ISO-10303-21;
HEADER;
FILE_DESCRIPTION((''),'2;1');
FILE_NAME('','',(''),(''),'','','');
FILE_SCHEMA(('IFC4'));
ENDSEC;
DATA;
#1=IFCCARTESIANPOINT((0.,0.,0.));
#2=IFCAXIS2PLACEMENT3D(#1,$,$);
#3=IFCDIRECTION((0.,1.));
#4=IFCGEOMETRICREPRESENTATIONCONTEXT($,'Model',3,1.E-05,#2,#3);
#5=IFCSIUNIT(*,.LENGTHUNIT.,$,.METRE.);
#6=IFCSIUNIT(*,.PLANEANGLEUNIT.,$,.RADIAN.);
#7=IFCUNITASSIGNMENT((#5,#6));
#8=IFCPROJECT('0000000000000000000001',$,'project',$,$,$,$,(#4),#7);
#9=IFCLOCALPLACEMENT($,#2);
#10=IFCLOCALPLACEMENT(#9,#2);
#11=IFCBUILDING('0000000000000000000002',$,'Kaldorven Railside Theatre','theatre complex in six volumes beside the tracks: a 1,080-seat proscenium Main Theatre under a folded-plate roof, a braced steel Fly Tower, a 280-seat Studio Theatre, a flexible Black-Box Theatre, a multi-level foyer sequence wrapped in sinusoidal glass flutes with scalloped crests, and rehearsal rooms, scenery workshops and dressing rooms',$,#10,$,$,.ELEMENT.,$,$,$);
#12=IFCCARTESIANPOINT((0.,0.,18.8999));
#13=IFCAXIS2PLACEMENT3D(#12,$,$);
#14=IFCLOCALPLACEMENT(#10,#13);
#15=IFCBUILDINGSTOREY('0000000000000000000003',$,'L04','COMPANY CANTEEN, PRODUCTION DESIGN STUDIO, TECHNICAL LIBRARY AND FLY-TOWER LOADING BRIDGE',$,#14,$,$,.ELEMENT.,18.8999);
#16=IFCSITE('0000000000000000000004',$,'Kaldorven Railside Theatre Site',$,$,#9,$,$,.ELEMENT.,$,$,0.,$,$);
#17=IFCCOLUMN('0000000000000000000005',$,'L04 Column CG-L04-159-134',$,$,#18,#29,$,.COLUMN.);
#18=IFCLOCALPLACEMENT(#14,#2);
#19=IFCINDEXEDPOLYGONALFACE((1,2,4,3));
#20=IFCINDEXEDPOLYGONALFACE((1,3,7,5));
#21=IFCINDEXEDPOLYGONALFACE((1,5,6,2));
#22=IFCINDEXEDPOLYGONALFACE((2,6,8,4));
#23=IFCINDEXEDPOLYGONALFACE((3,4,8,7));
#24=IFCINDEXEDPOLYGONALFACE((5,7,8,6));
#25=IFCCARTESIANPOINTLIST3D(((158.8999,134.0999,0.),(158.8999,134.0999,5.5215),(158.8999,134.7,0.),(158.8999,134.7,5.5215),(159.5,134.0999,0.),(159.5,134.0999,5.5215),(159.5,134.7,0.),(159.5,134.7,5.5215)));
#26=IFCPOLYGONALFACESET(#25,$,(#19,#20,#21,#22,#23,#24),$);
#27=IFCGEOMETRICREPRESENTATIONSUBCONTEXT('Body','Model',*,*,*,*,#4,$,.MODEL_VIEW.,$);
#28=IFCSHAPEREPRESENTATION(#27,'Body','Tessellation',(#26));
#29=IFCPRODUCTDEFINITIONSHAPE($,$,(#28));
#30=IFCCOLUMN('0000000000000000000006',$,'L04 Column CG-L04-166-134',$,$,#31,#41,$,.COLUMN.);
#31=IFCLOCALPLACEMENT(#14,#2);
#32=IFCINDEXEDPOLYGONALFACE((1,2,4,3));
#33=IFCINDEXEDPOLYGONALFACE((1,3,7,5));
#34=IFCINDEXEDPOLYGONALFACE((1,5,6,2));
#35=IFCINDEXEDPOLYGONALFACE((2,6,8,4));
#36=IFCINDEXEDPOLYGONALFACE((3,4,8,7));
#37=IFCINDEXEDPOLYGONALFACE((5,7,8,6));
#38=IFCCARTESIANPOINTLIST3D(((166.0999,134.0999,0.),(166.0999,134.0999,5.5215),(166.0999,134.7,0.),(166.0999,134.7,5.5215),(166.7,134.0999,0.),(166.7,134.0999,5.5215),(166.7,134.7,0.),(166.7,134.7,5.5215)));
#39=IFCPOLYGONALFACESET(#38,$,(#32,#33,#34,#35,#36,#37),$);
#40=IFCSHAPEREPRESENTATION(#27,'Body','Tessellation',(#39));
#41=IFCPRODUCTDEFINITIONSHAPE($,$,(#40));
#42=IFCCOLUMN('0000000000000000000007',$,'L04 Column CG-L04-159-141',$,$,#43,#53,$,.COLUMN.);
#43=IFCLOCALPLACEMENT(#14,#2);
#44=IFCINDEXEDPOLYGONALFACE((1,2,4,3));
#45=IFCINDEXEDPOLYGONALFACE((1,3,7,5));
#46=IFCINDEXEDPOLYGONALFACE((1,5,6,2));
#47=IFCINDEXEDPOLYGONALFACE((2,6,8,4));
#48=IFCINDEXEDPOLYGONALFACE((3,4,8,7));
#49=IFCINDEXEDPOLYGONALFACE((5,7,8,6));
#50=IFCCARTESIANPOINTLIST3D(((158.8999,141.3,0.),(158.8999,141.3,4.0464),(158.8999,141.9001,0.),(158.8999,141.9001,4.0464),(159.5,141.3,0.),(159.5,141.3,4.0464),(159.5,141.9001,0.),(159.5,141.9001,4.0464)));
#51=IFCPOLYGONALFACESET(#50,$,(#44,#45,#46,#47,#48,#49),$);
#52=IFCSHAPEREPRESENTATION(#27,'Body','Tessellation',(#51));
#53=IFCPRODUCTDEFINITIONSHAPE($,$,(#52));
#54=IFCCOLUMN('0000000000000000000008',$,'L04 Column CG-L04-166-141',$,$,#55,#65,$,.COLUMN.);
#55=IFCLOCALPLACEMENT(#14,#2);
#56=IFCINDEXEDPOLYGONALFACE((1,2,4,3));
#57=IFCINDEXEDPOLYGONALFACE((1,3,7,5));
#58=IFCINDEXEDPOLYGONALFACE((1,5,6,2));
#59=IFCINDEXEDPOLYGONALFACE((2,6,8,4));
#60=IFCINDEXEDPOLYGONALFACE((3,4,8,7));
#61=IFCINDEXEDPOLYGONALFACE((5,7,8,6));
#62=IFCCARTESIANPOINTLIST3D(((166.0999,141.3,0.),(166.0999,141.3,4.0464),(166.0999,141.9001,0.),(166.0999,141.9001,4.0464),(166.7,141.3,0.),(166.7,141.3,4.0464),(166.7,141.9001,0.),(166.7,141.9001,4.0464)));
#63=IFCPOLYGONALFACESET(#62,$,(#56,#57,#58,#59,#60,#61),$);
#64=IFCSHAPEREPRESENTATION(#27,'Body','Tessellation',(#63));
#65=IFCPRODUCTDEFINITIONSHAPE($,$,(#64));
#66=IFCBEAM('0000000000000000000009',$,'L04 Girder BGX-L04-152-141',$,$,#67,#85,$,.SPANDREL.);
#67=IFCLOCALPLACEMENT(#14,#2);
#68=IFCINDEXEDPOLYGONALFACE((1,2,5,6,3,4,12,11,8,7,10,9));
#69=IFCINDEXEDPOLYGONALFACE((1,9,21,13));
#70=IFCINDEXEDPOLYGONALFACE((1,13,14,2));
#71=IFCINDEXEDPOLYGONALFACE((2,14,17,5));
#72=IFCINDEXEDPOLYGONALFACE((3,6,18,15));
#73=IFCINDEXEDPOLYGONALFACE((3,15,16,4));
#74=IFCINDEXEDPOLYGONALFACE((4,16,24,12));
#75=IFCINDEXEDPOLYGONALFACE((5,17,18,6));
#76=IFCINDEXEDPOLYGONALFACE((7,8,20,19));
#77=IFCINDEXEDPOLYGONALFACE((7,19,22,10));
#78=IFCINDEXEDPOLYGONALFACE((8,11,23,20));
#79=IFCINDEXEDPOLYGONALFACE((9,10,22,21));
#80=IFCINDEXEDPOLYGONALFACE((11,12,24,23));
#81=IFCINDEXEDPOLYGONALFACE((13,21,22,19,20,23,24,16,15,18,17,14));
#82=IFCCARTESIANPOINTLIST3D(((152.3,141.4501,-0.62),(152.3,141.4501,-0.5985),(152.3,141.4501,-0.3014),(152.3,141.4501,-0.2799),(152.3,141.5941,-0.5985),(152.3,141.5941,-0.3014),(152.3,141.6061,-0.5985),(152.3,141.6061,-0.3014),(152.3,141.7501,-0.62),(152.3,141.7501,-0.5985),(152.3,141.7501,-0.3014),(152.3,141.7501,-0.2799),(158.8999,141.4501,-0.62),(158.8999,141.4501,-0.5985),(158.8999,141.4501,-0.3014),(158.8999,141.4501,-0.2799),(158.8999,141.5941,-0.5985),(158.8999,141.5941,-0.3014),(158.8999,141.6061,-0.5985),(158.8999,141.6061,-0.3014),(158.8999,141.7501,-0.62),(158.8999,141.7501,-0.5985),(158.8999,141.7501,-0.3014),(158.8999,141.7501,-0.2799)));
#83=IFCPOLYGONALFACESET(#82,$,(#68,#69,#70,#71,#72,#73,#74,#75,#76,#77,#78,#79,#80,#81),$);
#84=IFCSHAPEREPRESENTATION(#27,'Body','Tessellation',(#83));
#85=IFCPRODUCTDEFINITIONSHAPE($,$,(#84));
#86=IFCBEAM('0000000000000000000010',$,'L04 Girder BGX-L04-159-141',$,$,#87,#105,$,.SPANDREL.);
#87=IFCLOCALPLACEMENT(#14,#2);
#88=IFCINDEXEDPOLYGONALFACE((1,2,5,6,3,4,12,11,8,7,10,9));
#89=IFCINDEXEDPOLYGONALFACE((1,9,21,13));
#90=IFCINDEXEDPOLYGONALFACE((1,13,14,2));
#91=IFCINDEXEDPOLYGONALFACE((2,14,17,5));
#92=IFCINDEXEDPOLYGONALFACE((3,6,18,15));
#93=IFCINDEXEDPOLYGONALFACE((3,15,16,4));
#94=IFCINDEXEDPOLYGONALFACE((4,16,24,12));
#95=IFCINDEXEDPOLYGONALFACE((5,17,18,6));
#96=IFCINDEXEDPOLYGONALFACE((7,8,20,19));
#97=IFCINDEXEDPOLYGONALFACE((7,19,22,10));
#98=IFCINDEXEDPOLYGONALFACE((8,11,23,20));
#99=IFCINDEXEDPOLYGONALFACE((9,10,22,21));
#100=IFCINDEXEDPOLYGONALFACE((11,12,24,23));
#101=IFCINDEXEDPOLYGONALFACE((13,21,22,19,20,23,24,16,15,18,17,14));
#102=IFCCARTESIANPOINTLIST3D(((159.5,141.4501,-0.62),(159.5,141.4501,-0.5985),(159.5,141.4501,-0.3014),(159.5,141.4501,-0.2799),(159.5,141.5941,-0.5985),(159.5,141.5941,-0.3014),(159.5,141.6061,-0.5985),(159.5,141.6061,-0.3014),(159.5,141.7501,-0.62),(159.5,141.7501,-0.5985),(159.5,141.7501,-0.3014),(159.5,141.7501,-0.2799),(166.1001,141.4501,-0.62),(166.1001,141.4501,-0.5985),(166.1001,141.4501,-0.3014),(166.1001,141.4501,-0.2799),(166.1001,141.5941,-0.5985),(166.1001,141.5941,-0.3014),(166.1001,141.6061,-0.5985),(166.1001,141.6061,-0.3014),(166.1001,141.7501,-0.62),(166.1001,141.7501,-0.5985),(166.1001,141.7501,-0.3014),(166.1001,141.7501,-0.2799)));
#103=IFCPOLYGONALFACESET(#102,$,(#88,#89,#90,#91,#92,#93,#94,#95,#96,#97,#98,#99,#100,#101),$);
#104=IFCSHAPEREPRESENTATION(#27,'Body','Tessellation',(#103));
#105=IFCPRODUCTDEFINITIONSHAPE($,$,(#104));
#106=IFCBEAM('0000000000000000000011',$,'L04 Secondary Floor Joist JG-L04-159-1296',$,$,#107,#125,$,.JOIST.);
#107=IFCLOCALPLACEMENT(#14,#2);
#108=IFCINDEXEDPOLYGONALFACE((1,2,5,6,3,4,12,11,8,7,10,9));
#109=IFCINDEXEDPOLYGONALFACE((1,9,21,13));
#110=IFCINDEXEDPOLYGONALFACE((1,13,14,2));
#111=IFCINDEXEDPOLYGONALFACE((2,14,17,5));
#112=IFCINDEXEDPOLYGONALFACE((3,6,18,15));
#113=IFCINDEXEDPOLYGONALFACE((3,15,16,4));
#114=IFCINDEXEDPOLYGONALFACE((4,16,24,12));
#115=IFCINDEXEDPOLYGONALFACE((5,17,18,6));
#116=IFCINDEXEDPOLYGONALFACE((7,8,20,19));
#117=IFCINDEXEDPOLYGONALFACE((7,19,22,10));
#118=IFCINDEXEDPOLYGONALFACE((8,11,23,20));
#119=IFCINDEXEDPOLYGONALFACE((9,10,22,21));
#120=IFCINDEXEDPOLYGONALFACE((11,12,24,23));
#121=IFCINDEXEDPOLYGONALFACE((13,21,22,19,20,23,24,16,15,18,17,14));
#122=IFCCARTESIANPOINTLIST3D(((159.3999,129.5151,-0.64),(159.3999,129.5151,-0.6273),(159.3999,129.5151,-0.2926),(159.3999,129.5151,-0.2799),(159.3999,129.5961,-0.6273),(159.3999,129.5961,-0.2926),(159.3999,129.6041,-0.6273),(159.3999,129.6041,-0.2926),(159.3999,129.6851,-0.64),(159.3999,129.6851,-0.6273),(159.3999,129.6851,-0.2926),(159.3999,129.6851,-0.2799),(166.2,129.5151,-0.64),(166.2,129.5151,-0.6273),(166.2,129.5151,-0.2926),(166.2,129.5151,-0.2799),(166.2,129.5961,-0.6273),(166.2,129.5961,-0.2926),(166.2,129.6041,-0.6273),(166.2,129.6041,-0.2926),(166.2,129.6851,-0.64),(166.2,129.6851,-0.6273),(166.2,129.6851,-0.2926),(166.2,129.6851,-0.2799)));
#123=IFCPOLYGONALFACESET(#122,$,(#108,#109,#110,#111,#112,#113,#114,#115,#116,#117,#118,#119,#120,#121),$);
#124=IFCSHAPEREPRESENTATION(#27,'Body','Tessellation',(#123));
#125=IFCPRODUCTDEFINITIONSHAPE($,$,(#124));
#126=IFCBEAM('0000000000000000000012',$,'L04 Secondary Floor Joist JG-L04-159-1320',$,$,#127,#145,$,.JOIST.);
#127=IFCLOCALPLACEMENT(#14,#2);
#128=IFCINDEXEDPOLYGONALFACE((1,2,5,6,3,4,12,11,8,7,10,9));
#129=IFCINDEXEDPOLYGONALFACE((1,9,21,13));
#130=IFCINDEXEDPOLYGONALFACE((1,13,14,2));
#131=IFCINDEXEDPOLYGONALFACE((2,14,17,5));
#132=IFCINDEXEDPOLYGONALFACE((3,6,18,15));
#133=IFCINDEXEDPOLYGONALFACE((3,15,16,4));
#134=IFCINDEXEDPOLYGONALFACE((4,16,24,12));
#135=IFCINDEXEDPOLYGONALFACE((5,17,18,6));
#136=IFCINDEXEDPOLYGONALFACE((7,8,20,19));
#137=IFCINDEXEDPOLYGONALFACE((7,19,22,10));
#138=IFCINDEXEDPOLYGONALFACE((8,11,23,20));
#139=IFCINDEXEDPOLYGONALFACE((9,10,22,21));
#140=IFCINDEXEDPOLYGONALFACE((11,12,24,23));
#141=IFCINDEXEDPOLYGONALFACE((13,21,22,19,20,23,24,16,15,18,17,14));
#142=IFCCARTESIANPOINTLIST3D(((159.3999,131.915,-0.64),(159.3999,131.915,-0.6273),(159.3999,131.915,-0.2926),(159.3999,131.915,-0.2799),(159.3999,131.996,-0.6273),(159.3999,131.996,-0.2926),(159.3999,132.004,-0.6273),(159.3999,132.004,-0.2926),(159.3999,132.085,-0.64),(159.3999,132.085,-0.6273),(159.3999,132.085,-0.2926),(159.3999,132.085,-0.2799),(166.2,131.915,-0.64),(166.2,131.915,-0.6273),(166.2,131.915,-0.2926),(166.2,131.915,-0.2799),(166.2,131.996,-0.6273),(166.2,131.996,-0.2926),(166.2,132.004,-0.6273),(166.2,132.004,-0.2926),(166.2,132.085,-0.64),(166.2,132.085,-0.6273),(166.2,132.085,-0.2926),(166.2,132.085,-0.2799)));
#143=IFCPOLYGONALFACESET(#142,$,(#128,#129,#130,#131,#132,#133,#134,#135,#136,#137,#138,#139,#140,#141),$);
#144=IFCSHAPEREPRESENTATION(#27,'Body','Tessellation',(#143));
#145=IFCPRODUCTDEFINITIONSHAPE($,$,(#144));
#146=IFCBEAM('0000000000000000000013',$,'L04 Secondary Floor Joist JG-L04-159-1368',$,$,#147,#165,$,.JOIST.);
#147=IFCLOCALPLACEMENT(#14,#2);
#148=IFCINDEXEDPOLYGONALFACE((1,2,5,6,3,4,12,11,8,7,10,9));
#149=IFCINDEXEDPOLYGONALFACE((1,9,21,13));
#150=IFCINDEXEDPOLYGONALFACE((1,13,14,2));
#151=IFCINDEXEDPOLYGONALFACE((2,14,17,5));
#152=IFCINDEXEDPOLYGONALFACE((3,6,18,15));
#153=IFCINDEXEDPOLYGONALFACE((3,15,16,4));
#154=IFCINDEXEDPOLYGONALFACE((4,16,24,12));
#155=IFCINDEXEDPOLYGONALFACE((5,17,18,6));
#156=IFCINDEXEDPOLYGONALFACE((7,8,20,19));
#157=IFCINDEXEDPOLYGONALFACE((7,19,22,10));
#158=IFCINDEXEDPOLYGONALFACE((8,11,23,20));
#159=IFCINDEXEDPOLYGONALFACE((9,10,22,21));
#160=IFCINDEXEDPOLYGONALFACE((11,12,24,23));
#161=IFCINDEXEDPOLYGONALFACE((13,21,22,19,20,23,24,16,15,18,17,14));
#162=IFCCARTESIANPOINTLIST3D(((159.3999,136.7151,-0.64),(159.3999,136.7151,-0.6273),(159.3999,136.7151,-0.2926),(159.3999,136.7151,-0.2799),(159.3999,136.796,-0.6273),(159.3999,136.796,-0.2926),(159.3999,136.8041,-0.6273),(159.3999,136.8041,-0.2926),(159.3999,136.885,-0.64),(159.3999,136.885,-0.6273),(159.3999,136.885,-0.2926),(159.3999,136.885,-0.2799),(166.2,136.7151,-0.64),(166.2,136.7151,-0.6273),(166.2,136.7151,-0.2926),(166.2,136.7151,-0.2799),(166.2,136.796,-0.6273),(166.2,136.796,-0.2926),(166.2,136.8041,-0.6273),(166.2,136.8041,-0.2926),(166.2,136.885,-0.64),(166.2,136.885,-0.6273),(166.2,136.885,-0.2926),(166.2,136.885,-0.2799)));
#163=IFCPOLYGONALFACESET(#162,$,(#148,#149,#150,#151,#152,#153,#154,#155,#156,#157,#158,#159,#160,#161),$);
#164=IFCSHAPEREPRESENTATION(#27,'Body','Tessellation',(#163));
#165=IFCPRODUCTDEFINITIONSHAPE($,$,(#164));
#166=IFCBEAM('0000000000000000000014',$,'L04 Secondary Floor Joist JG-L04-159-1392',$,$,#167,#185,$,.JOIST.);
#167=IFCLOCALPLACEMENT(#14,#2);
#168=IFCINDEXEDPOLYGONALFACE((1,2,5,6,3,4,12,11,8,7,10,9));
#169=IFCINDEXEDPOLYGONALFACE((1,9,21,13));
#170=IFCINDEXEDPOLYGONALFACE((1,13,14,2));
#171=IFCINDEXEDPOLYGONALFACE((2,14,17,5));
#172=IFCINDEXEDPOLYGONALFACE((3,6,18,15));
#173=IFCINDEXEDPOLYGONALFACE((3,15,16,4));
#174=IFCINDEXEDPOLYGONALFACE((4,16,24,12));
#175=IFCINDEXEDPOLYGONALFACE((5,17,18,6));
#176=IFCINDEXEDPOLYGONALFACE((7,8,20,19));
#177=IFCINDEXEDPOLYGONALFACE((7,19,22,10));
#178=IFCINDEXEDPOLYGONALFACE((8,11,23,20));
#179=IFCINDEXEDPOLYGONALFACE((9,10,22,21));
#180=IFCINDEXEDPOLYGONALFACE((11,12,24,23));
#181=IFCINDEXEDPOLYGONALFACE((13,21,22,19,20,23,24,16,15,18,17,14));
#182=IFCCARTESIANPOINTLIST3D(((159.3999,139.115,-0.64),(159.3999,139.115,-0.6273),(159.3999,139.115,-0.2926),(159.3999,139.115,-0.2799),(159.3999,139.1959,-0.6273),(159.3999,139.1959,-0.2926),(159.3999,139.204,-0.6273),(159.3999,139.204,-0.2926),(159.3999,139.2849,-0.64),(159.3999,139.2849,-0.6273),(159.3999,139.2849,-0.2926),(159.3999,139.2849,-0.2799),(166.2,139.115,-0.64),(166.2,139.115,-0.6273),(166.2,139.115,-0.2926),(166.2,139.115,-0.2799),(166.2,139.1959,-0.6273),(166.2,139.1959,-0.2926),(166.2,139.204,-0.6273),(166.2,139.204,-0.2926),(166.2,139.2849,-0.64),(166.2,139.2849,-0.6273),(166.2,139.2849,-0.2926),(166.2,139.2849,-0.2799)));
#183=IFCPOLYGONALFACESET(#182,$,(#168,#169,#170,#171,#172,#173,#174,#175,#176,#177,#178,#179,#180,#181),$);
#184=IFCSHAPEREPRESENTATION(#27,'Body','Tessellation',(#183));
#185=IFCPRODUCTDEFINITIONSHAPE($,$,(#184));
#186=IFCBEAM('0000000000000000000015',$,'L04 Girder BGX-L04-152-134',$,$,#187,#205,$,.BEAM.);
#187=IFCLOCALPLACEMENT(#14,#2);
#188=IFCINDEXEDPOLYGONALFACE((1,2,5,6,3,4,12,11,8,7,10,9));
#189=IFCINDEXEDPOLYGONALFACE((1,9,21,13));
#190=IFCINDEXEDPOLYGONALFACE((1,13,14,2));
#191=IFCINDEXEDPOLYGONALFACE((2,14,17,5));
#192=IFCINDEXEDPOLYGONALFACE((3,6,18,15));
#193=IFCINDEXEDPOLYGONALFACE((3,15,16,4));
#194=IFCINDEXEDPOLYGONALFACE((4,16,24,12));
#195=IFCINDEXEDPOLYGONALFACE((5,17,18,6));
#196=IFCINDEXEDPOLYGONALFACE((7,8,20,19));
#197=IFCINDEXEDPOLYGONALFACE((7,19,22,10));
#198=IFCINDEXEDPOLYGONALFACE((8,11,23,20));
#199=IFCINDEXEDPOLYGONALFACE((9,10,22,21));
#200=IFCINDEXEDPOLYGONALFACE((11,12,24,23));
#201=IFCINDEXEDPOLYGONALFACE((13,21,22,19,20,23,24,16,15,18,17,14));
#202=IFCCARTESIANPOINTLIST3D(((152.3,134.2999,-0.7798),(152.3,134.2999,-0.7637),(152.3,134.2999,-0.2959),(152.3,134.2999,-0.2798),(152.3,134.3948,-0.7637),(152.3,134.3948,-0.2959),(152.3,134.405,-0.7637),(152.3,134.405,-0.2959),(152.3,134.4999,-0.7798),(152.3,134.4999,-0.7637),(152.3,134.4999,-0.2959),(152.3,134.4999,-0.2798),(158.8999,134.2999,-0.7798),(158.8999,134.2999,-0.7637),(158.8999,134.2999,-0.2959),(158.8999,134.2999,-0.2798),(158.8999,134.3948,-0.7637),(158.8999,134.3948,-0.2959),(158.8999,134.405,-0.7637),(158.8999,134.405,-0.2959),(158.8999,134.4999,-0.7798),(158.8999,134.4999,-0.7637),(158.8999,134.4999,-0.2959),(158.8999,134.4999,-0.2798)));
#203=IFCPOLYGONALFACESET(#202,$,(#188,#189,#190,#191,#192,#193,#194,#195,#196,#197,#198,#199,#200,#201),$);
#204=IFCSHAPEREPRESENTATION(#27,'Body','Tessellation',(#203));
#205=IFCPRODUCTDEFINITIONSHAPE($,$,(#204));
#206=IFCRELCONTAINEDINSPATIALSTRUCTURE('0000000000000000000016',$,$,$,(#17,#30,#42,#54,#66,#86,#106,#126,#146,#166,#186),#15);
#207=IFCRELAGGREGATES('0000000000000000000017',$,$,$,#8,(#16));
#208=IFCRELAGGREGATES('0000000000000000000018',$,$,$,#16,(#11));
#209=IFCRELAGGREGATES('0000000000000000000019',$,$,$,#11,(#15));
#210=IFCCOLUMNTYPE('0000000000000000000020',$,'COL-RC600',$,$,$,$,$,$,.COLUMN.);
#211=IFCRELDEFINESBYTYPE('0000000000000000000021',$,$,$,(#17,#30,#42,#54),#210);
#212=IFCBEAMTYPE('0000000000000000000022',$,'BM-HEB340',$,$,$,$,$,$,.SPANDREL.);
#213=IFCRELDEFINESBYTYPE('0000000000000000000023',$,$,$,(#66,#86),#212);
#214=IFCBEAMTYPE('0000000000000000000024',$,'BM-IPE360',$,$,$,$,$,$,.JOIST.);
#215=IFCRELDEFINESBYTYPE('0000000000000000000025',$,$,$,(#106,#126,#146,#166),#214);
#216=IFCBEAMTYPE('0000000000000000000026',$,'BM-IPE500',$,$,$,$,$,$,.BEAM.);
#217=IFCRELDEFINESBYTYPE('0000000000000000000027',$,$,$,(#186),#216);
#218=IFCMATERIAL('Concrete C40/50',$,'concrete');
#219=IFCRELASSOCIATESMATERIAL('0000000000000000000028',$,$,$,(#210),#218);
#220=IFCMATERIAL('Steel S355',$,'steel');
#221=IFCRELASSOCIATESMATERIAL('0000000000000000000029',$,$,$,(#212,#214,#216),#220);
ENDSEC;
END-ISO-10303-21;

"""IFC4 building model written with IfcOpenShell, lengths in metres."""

from ifc_helpers import new_model, si_unit, direction, frame, origin, origin_2d, place, context, subcontext, project, spatial, rectangle, i_section, extrude, material, material_profile, profile_set, type_object, element, save


model = new_model("IFC4")

# Units and contexts
model_context = context("Model", 3, precision=1e-05, world=origin(), true_north=direction((0.0, 1.0)))
body_context = subcontext(model_context, "Body", "Model", "MODEL_VIEW")
ifc_project = project(units=[si_unit("LENGTHUNIT", "METRE"), si_unit("PLANEANGLEUNIT", "RADIAN")], contexts=[model_context])

# Site, building, storey
site_placement = place(None, origin())
site = spatial("IfcSite", under=ifc_project, at=site_placement, Name="Kaldorven Railside Theatre Site", CompositionType="ELEMENT", RefElevation=0.0)
building_placement = place(site_placement, origin())
building = spatial("IfcBuilding", under=site, at=building_placement, Name="Kaldorven Railside Theatre", Description="theatre complex in six volumes beside the tracks: a 1,080-seat proscenium Main Theatre under a folded-plate roof, a braced steel Fly Tower, a 280-seat Studio Theatre, a flexible Black-Box Theatre, a multi-level foyer sequence wrapped in sinusoidal glass flutes with scalloped crests, and rehearsal rooms, scenery workshops and dressing rooms", CompositionType="ELEMENT")
storey_placement = place(building_placement, frame((0.0, 0.0, 18.8999)))
storey = spatial("IfcBuildingStorey", under=building, at=storey_placement, Name="L04", Description="COMPANY CANTEEN, PRODUCTION DESIGN STUDIO, TECHNICAL LIBRARY AND FLY-TOWER LOADING BRIDGE", CompositionType="ELEMENT", Elevation=18.8999)

# Columns
ifc_material_1 = material(Name="Concrete C40/50", Category="concrete")
ifc_material_profile_1 = material_profile(ifc_material_1, rectangle(XDim=0.6001, YDim=0.6001, at=origin_2d()), Name="RC 600x600")
ifc_profile_set_1 = profile_set([ifc_material_profile_1], Name="Concrete C40/50")
column_type = type_object("IfcColumnType", Name="COL-RC600", PredefinedType="COLUMN", material=ifc_profile_set_1)
for number, where, z_axis, x_axis, name in (
    (1, (159.2, 134.3999, 0.0), (0.0, 0.0, 1.0), (0.0, 1.0, 0.0), "L04 Column CG-L04-159-134"),
    (2, (166.3999, 134.3999, 0.0), (0.0, 0.0, 1.0), (1.0, 0.0, 0.0), "L04 Column CG-L04-166-134"),
):
    element("IfcColumn", number, at=place(storey_placement, frame(where, z_axis=z_axis, x_axis=x_axis)), inside=storey, type_object=column_type, Name=name, PredefinedType="COLUMN", context=body_context, shape_type="SweptSolid", body=[
        extrude(rectangle(XDim=0.6001, YDim=0.6001, at=origin_2d()), origin(), (0.0, 0.0, 1.0), 5.5215),
    ])
for number, where, z_axis, x_axis, name in (
    (3, (159.2, 141.6001, 0.0), (0.0, 0.0, 1.0), (1.0, 0.0, 0.0), "L04 Column CG-L04-159-141"),
    (4, (166.3999, 141.6001, 0.0), (0.0, 0.0, 1.0), (1.0, 0.0, 0.0), "L04 Column CG-L04-166-141"),
):
    element("IfcColumn", number, at=place(storey_placement, frame(where, z_axis=z_axis, x_axis=x_axis)), inside=storey, type_object=column_type, Name=name, PredefinedType="COLUMN", context=body_context, shape_type="SweptSolid", body=[
        extrude(rectangle(XDim=0.6001, YDim=0.6001, at=origin_2d()), origin(), (0.0, 0.0, 1.0), 4.0464),
    ])

# Beams
ifc_material_2 = material(Name="Steel S355", Category="steel")
ifc_material_profile_2 = material_profile(ifc_material_2, i_section(OverallWidth=0.3, OverallDepth=0.3401, WebThickness=0.012, FlangeThickness=0.0215, at=origin_2d()), Name="HEB 340")
ifc_profile_set_2 = profile_set([ifc_material_profile_2], Name="Steel S355")
beam_type_1 = type_object("IfcBeamType", Name="BM-HEB340", PredefinedType="SPANDREL", material=ifc_profile_set_2)
beam_1_placement = place(storey_placement, frame((152.3, 141.6001, -0.45), z_axis=(1.0, 0.0, 0.0), x_axis=(0.0, 1.0, 0.0)))
element("IfcBeam", 5, at=beam_1_placement, inside=storey, type_object=beam_type_1, Name="L04 Girder BGX-L04-152-141", PredefinedType="SPANDREL", context=body_context, shape_type="SweptSolid", body=[
    extrude(i_section(OverallWidth=0.3, OverallDepth=0.3401, WebThickness=0.012, FlangeThickness=0.0215, at=origin_2d()), origin(), (0.0, 0.0, 1.0), 6.5999),
])
beam_2_placement = place(storey_placement, frame((159.5, 141.6001, -0.45), z_axis=(1.0, 0.0, 0.0), x_axis=(0.0, 1.0, 0.0)))
element("IfcBeam", 6, at=beam_2_placement, inside=storey, type_object=beam_type_1, Name="L04 Girder BGX-L04-159-141", PredefinedType="SPANDREL", context=body_context, shape_type="SweptSolid", body=[
    extrude(i_section(OverallWidth=0.3, OverallDepth=0.3401, WebThickness=0.012, FlangeThickness=0.0215, at=origin_2d()), origin(), (0.0, 0.0, 1.0), 6.6001),
])
ifc_material_profile_3 = material_profile(ifc_material_2, i_section(OverallWidth=0.1699, OverallDepth=0.3601, WebThickness=0.0081, FlangeThickness=0.0127, at=origin_2d()), Name="IPE 360")
ifc_profile_set_3 = profile_set([ifc_material_profile_3], Name="Steel S355")
beam_type_2 = type_object("IfcBeamType", Name="BM-IPE360", PredefinedType="JOIST", material=ifc_profile_set_3)
for number, where, z_axis, x_axis, name in (
    (7, (159.3999, 129.6001, -0.46), (1.0, 0.0, 0.0), (0.0, 1.0, 0.0), "L04 Secondary Floor Joist JG-L04-159-1296"),
    (8, (159.3999, 132.0, -0.46), (1.0, 0.0, 0.0), (0.0, 1.0, 0.0), "L04 Secondary Floor Joist JG-L04-159-1320"),
    (9, (159.3999, 136.8, -0.46), (1.0, 0.0, 0.0), (0.0, 1.0, 0.0), "L04 Secondary Floor Joist JG-L04-159-1368"),
    (10, (159.3999, 139.2, -0.46), (1.0, 0.0, 0.0), (0.0, 1.0, 0.0), "L04 Secondary Floor Joist JG-L04-159-1392"),
):
    element("IfcBeam", number, at=place(storey_placement, frame(where, z_axis=z_axis, x_axis=x_axis)), inside=storey, type_object=beam_type_2, Name=name, PredefinedType="JOIST", context=body_context, shape_type="SweptSolid", body=[
        extrude(i_section(OverallWidth=0.1699, OverallDepth=0.3601, WebThickness=0.0081, FlangeThickness=0.0127, at=origin_2d()), origin(), (0.0, 0.0, 1.0), 6.8),
    ])
ifc_material_profile_4 = material_profile(ifc_material_2, i_section(OverallWidth=0.2, OverallDepth=0.5, WebThickness=0.0103, FlangeThickness=0.0161, at=origin_2d()), Name="IPE 500")
ifc_profile_set_4 = profile_set([ifc_material_profile_4], Name="Steel S355")
beam_type_3 = type_object("IfcBeamType", Name="BM-IPE500", PredefinedType="BEAM", material=ifc_profile_set_4)
beam_3_placement = place(storey_placement, frame((152.3, 134.3999, -0.5298), z_axis=(1.0, 0.0, 0.0), x_axis=(0.0, 1.0, 0.0)))
element("IfcBeam", 11, at=beam_3_placement, inside=storey, type_object=beam_type_3, Name="L04 Girder BGX-L04-152-134", PredefinedType="BEAM", context=body_context, shape_type="SweptSolid", body=[
    extrude(i_section(OverallWidth=0.2, OverallDepth=0.5, WebThickness=0.0103, FlangeThickness=0.0161, at=origin_2d()), origin(), (0.0, 0.0, 1.0), 6.5999),
])

save(model, "model.ifc")
